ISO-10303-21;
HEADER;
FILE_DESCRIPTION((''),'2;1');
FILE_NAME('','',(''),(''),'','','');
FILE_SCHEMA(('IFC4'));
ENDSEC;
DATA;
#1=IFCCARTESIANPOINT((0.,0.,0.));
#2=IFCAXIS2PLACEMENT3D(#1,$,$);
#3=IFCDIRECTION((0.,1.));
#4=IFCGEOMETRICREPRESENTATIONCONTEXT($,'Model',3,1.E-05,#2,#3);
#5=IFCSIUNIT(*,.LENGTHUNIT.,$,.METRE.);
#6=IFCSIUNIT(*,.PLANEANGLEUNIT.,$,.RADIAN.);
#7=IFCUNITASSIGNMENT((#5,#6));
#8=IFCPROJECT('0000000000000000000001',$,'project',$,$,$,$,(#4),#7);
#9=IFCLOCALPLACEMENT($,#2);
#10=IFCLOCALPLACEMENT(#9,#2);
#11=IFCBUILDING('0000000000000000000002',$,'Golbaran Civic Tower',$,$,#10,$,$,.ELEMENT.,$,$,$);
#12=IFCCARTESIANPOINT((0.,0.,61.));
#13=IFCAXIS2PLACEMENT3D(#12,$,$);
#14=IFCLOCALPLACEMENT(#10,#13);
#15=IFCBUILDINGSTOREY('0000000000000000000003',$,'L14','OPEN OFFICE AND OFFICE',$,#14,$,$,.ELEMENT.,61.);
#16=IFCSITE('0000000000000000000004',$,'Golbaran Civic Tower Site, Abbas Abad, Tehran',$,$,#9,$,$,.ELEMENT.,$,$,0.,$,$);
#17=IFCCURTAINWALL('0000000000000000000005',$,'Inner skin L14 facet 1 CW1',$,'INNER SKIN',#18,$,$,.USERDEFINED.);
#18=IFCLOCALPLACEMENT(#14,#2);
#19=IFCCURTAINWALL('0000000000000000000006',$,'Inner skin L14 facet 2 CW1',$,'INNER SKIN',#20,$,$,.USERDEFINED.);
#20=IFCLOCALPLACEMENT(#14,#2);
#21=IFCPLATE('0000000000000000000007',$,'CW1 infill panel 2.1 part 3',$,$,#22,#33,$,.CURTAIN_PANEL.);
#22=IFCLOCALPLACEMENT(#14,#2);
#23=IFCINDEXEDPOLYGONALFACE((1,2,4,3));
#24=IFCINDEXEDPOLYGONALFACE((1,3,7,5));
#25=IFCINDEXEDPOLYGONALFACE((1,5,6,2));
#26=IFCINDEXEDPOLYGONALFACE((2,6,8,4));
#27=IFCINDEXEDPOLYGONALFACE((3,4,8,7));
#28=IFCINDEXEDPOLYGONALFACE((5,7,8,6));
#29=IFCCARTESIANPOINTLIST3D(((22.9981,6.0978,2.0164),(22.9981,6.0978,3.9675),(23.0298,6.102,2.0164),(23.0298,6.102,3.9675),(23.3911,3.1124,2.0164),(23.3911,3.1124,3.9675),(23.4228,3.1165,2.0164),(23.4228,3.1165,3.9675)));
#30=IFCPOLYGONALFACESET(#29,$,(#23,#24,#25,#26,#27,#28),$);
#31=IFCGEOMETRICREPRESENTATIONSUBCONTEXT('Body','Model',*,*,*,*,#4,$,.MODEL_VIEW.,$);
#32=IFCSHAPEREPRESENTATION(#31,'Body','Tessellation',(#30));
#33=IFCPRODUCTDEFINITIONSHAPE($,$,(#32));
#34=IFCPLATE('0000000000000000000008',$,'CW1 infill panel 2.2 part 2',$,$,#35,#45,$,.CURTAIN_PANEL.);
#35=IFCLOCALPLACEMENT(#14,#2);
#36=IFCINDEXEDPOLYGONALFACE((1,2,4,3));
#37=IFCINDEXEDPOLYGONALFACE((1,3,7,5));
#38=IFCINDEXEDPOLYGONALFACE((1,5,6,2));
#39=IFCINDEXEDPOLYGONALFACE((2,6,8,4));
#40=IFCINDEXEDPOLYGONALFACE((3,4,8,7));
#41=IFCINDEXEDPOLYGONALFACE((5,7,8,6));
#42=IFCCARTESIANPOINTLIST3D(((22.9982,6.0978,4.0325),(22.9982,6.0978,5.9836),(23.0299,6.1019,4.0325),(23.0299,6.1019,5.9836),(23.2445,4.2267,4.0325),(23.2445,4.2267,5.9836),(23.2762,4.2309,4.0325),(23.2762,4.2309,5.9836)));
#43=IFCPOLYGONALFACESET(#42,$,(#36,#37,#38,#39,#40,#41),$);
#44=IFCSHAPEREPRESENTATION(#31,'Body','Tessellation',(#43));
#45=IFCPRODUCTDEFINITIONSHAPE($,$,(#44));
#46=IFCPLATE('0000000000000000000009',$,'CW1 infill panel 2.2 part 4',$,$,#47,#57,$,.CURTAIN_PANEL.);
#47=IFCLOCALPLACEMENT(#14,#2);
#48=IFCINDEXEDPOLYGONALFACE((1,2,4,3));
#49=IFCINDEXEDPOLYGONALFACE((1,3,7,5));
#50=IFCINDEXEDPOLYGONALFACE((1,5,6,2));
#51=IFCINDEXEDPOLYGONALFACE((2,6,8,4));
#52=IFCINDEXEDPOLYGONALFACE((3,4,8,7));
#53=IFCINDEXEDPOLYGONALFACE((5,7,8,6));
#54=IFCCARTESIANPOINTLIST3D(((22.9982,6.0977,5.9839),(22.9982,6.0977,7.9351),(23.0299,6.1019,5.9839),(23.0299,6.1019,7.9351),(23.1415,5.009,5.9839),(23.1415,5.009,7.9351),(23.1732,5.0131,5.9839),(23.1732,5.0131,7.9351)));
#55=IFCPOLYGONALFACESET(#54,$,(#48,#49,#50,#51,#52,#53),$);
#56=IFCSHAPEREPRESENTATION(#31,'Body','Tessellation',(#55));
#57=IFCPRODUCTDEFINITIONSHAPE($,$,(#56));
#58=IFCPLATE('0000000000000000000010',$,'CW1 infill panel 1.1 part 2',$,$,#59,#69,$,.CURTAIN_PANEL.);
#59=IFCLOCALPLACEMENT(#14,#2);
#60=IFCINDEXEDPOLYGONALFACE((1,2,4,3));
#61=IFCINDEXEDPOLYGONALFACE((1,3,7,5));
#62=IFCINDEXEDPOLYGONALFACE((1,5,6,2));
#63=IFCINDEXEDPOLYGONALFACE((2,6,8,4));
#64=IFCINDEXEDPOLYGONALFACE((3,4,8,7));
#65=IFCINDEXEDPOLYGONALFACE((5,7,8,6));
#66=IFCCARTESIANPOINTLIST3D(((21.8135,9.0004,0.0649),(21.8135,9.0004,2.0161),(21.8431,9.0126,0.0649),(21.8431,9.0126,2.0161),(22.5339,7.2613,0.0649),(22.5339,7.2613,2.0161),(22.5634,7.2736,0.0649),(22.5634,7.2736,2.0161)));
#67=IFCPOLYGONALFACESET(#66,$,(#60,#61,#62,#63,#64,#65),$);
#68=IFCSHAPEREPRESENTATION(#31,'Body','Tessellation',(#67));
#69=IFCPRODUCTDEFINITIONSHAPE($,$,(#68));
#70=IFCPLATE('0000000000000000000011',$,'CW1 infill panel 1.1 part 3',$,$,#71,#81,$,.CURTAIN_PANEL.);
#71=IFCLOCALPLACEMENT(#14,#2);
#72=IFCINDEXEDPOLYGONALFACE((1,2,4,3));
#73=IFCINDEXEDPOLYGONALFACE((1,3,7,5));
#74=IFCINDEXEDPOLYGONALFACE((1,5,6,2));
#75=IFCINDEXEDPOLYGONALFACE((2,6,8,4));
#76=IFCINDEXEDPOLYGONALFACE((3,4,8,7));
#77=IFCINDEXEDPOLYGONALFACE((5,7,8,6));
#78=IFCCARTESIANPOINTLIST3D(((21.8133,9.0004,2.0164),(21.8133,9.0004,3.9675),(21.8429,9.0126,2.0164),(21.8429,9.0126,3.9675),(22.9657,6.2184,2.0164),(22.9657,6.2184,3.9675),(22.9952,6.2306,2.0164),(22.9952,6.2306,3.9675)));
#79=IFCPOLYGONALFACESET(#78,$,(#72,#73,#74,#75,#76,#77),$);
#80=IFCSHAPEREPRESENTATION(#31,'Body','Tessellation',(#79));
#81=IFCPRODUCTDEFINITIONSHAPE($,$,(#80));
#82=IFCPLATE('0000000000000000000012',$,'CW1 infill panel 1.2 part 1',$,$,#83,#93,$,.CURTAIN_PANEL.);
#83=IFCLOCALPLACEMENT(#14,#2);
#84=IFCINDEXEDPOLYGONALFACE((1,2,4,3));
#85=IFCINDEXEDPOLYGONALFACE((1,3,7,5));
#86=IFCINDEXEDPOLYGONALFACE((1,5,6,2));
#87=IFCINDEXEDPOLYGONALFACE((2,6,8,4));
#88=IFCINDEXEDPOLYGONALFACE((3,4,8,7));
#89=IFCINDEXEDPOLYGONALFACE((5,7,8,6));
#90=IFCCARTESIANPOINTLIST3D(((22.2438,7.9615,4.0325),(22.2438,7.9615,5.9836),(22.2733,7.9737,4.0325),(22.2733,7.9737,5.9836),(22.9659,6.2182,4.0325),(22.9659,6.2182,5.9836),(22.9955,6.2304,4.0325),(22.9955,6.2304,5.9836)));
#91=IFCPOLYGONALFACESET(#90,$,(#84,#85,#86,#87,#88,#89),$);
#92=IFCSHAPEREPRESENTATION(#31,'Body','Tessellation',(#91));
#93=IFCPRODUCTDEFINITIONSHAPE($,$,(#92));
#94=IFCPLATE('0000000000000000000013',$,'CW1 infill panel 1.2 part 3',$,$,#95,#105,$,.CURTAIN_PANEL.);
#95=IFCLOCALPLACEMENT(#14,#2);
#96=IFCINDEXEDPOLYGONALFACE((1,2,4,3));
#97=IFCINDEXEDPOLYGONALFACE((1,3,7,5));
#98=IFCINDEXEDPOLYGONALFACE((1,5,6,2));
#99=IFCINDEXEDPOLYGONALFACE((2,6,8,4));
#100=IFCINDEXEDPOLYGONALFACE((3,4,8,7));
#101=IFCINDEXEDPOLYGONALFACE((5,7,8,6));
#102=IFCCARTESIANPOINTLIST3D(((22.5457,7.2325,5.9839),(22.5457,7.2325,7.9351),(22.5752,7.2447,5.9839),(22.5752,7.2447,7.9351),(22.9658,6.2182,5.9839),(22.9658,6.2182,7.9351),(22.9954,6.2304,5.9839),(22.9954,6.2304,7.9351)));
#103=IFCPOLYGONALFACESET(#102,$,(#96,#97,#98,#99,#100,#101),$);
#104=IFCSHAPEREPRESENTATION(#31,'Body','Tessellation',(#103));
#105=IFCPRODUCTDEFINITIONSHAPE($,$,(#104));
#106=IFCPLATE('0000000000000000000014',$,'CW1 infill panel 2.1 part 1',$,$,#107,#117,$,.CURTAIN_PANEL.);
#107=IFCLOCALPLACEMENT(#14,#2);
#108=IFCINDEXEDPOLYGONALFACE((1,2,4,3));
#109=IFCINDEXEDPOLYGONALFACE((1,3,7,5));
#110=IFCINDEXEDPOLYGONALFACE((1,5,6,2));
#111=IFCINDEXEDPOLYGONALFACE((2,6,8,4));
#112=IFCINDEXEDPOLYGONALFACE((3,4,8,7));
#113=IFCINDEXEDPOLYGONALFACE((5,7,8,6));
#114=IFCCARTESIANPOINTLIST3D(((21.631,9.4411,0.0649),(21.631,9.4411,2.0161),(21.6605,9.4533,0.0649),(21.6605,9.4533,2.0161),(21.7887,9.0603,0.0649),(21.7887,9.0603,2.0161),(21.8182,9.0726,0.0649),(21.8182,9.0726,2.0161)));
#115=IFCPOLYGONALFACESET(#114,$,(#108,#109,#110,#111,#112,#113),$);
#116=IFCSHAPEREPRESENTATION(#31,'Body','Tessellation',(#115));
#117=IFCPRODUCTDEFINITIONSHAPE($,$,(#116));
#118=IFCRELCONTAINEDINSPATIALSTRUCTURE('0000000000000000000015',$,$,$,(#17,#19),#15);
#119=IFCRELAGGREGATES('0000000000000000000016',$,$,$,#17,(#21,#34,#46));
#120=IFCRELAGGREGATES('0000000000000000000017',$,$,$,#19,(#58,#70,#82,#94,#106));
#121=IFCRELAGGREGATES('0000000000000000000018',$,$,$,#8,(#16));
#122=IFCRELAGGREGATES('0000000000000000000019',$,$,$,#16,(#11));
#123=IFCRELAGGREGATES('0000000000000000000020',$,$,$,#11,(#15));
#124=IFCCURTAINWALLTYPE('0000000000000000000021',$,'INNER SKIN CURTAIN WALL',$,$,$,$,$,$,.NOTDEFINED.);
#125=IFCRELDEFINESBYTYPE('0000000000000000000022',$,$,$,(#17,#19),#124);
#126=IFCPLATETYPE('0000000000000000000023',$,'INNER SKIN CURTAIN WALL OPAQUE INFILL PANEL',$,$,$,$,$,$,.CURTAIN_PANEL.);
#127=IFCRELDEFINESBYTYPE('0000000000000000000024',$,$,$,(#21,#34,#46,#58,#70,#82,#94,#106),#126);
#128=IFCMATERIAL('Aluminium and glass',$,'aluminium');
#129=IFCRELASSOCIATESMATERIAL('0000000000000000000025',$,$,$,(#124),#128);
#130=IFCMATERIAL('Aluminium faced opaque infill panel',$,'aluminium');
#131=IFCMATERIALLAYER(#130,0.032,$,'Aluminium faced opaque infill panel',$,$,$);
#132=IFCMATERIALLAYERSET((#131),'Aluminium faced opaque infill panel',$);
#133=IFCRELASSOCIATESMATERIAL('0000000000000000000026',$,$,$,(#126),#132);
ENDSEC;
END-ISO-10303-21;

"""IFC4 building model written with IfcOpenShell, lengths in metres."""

from ifc_helpers import new_model, si_unit, direction, frame, origin, origin_2d, place, context, subcontext, project, spatial, rectangle, extrude, material, layer, layer_set, type_object, element, aggregate, save


model = new_model("IFC4")

# Units and contexts
model_context = context("Model", 3, precision=1e-05, world=origin(), true_north=direction((0.0, 1.0)))
body_context = subcontext(model_context, "Body", "Model", "MODEL_VIEW")
ifc_project = project(units=[si_unit("LENGTHUNIT", "METRE"), si_unit("PLANEANGLEUNIT", "RADIAN")], contexts=[model_context])

# Site, building, storey
site_placement = place(None, origin())
site = spatial("IfcSite", under=ifc_project, at=site_placement, Name="Golbaran Civic Tower Site, Abbas Abad, Tehran", CompositionType="ELEMENT", RefElevation=0.0)
building_placement = place(site_placement, origin())
building = spatial("IfcBuilding", under=site, at=building_placement, Name="Golbaran Civic Tower", CompositionType="ELEMENT")
storey_placement = place(building_placement, frame((0.0, 0.0, 61.0)))
storey = spatial("IfcBuildingStorey", under=building, at=storey_placement, Name="L14", Description="OPEN OFFICE AND OFFICE", CompositionType="ELEMENT", Elevation=61.0)

# Curtain walls
ifc_material_1 = material(Name="Aluminium and glass", Category="aluminium")
curtain_wall_type = type_object("IfcCurtainWallType", Name="INNER SKIN CURTAIN WALL", PredefinedType="NOTDEFINED", material=ifc_material_1)
curtain_wall_1_placement = place(storey_placement, origin())
curtain_wall_1 = element("IfcCurtainWall", 1, at=curtain_wall_1_placement, inside=storey, type_object=curtain_wall_type, Name="Inner skin L14 facet 1 CW1", ObjectType="INNER SKIN", PredefinedType="USERDEFINED")
curtain_wall_2_placement = place(storey_placement, origin())
curtain_wall_2 = element("IfcCurtainWall", 2, at=curtain_wall_2_placement, inside=storey, type_object=curtain_wall_type, Name="Inner skin L14 facet 2 CW1", ObjectType="INNER SKIN", PredefinedType="USERDEFINED")

# Plates
ifc_material_2 = material(Name="Aluminium faced opaque infill panel", Category="aluminium")
ifc_layer_1 = layer(ifc_material_2, 0.032, Name="Aluminium faced opaque infill panel")
ifc_layer_set_1 = layer_set([ifc_layer_1], Name="Aluminium faced opaque infill panel")
plate_type_1 = type_object("IfcPlateType", Name="INNER SKIN CURTAIN WALL OPAQUE INFILL PANEL", PredefinedType="CURTAIN_PANEL", material=ifc_layer_set_1)
plate_1_placement = place(storey_placement, frame((23.2104, 4.6072, 2.0164), z_axis=(0.0, 0.0, 1.0), x_axis=(-0.130526, 0.991445, 0.0)))
plate_1 = element("IfcPlate", 3, at=plate_1_placement, type_object=plate_type_1, Name="CW1 infill panel 2.1 part 3", PredefinedType="CURTAIN_PANEL", context=body_context, shape_type="SweptSolid", body=[
    extrude(rectangle(XDim=3.0112, YDim=0.032, at=origin_2d()), origin(), (0.0, 0.0, 1.0), 1.9512),
])
plate_2_placement = place(storey_placement, frame((23.1372, 5.1643, 4.0325), z_axis=(0.0, 0.0, 1.0), x_axis=(-0.130526, 0.991445, 0.0)))
plate_2 = element("IfcPlate", 4, at=plate_2_placement, type_object=plate_type_1, Name="CW1 infill panel 2.2 part 2", PredefinedType="CURTAIN_PANEL", context=body_context, shape_type="SweptSolid", body=[
    extrude(rectangle(XDim=1.8872, YDim=0.032, at=origin_2d()), origin(), (0.0, 0.0, 1.0), 1.9512),
])
plate_3_placement = place(storey_placement, frame((23.0857, 5.5554, 5.9839), z_axis=(0.0, 0.0, 1.0), x_axis=(-0.130526, 0.991445, 0.0)))
plate_3 = element("IfcPlate", 5, at=plate_3_placement, type_object=plate_type_1, Name="CW1 infill panel 2.2 part 4", PredefinedType="CURTAIN_PANEL", context=body_context, shape_type="SweptSolid", body=[
    extrude(rectangle(XDim=1.0981, YDim=0.032, at=origin_2d()), origin(), (0.0, 0.0, 1.0), 1.9512),
])
aggregate(curtain_wall_1, [plate_1, plate_2, plate_3])
plate_4_placement = place(storey_placement, frame((22.1885, 8.137, 0.0649), z_axis=(0.0, 0.0, 1.0), x_axis=(-0.382683, 0.92388, 0.0)))
plate_4 = element("IfcPlate", 6, at=plate_4_placement, type_object=plate_type_1, Name="CW1 infill panel 1.1 part 2", PredefinedType="CURTAIN_PANEL", context=body_context, shape_type="SweptSolid", body=[
    extrude(rectangle(XDim=1.8823, YDim=0.032, at=origin_2d()), origin(), (0.0, 0.0, 1.0), 1.9512),
])
plate_5_placement = place(storey_placement, frame((22.4043, 7.6155, 2.0164), z_axis=(0.0, 0.0, 1.0), x_axis=(-0.382683, 0.92388, 0.0)))
plate_5 = element("IfcPlate", 7, at=plate_5_placement, type_object=plate_type_1, Name="CW1 infill panel 1.1 part 3", PredefinedType="CURTAIN_PANEL", context=body_context, shape_type="SweptSolid", body=[
    extrude(rectangle(XDim=3.0112, YDim=0.032, at=origin_2d()), origin(), (0.0, 0.0, 1.0), 1.9512),
])
plate_6_placement = place(storey_placement, frame((22.6196, 7.0959, 4.0325), z_axis=(0.0, 0.0, 1.0), x_axis=(-0.382683, 0.92388, 0.0)))
plate_6 = element("IfcPlate", 8, at=plate_6_placement, type_object=plate_type_1, Name="CW1 infill panel 1.2 part 1", PredefinedType="CURTAIN_PANEL", context=body_context, shape_type="SweptSolid", body=[
    extrude(rectangle(XDim=1.887, YDim=0.032, at=origin_2d()), origin(), (0.0, 0.0, 1.0), 1.9512),
])
plate_7_placement = place(storey_placement, frame((22.7705, 6.7314, 5.9839), z_axis=(0.0, 0.0, 1.0), x_axis=(-0.382683, 0.92388, 0.0)))
plate_7 = element("IfcPlate", 9, at=plate_7_placement, type_object=plate_type_1, Name="CW1 infill panel 1.2 part 3", PredefinedType="CURTAIN_PANEL", context=body_context, shape_type="SweptSolid", body=[
    extrude(rectangle(XDim=1.0979, YDim=0.032, at=origin_2d()), origin(), (0.0, 0.0, 1.0), 1.9512),
])
plate_8_placement = place(storey_placement, frame((21.7246, 9.2568, 0.0649), z_axis=(0.0, 0.0, 1.0), x_axis=(-0.382683, 0.92388, 0.0)))
plate_8 = element("IfcPlate", 10, at=plate_8_placement, type_object=plate_type_1, Name="CW1 infill panel 2.1 part 1", PredefinedType="CURTAIN_PANEL", context=body_context, shape_type="SweptSolid", body=[
    extrude(rectangle(XDim=0.4121, YDim=0.032, at=origin_2d()), origin(), (0.0, 0.0, 1.0), 1.9512),
])
aggregate(curtain_wall_2, [plate_4, plate_5, plate_6, plate_7, plate_8])

save(model, "model.ifc")
